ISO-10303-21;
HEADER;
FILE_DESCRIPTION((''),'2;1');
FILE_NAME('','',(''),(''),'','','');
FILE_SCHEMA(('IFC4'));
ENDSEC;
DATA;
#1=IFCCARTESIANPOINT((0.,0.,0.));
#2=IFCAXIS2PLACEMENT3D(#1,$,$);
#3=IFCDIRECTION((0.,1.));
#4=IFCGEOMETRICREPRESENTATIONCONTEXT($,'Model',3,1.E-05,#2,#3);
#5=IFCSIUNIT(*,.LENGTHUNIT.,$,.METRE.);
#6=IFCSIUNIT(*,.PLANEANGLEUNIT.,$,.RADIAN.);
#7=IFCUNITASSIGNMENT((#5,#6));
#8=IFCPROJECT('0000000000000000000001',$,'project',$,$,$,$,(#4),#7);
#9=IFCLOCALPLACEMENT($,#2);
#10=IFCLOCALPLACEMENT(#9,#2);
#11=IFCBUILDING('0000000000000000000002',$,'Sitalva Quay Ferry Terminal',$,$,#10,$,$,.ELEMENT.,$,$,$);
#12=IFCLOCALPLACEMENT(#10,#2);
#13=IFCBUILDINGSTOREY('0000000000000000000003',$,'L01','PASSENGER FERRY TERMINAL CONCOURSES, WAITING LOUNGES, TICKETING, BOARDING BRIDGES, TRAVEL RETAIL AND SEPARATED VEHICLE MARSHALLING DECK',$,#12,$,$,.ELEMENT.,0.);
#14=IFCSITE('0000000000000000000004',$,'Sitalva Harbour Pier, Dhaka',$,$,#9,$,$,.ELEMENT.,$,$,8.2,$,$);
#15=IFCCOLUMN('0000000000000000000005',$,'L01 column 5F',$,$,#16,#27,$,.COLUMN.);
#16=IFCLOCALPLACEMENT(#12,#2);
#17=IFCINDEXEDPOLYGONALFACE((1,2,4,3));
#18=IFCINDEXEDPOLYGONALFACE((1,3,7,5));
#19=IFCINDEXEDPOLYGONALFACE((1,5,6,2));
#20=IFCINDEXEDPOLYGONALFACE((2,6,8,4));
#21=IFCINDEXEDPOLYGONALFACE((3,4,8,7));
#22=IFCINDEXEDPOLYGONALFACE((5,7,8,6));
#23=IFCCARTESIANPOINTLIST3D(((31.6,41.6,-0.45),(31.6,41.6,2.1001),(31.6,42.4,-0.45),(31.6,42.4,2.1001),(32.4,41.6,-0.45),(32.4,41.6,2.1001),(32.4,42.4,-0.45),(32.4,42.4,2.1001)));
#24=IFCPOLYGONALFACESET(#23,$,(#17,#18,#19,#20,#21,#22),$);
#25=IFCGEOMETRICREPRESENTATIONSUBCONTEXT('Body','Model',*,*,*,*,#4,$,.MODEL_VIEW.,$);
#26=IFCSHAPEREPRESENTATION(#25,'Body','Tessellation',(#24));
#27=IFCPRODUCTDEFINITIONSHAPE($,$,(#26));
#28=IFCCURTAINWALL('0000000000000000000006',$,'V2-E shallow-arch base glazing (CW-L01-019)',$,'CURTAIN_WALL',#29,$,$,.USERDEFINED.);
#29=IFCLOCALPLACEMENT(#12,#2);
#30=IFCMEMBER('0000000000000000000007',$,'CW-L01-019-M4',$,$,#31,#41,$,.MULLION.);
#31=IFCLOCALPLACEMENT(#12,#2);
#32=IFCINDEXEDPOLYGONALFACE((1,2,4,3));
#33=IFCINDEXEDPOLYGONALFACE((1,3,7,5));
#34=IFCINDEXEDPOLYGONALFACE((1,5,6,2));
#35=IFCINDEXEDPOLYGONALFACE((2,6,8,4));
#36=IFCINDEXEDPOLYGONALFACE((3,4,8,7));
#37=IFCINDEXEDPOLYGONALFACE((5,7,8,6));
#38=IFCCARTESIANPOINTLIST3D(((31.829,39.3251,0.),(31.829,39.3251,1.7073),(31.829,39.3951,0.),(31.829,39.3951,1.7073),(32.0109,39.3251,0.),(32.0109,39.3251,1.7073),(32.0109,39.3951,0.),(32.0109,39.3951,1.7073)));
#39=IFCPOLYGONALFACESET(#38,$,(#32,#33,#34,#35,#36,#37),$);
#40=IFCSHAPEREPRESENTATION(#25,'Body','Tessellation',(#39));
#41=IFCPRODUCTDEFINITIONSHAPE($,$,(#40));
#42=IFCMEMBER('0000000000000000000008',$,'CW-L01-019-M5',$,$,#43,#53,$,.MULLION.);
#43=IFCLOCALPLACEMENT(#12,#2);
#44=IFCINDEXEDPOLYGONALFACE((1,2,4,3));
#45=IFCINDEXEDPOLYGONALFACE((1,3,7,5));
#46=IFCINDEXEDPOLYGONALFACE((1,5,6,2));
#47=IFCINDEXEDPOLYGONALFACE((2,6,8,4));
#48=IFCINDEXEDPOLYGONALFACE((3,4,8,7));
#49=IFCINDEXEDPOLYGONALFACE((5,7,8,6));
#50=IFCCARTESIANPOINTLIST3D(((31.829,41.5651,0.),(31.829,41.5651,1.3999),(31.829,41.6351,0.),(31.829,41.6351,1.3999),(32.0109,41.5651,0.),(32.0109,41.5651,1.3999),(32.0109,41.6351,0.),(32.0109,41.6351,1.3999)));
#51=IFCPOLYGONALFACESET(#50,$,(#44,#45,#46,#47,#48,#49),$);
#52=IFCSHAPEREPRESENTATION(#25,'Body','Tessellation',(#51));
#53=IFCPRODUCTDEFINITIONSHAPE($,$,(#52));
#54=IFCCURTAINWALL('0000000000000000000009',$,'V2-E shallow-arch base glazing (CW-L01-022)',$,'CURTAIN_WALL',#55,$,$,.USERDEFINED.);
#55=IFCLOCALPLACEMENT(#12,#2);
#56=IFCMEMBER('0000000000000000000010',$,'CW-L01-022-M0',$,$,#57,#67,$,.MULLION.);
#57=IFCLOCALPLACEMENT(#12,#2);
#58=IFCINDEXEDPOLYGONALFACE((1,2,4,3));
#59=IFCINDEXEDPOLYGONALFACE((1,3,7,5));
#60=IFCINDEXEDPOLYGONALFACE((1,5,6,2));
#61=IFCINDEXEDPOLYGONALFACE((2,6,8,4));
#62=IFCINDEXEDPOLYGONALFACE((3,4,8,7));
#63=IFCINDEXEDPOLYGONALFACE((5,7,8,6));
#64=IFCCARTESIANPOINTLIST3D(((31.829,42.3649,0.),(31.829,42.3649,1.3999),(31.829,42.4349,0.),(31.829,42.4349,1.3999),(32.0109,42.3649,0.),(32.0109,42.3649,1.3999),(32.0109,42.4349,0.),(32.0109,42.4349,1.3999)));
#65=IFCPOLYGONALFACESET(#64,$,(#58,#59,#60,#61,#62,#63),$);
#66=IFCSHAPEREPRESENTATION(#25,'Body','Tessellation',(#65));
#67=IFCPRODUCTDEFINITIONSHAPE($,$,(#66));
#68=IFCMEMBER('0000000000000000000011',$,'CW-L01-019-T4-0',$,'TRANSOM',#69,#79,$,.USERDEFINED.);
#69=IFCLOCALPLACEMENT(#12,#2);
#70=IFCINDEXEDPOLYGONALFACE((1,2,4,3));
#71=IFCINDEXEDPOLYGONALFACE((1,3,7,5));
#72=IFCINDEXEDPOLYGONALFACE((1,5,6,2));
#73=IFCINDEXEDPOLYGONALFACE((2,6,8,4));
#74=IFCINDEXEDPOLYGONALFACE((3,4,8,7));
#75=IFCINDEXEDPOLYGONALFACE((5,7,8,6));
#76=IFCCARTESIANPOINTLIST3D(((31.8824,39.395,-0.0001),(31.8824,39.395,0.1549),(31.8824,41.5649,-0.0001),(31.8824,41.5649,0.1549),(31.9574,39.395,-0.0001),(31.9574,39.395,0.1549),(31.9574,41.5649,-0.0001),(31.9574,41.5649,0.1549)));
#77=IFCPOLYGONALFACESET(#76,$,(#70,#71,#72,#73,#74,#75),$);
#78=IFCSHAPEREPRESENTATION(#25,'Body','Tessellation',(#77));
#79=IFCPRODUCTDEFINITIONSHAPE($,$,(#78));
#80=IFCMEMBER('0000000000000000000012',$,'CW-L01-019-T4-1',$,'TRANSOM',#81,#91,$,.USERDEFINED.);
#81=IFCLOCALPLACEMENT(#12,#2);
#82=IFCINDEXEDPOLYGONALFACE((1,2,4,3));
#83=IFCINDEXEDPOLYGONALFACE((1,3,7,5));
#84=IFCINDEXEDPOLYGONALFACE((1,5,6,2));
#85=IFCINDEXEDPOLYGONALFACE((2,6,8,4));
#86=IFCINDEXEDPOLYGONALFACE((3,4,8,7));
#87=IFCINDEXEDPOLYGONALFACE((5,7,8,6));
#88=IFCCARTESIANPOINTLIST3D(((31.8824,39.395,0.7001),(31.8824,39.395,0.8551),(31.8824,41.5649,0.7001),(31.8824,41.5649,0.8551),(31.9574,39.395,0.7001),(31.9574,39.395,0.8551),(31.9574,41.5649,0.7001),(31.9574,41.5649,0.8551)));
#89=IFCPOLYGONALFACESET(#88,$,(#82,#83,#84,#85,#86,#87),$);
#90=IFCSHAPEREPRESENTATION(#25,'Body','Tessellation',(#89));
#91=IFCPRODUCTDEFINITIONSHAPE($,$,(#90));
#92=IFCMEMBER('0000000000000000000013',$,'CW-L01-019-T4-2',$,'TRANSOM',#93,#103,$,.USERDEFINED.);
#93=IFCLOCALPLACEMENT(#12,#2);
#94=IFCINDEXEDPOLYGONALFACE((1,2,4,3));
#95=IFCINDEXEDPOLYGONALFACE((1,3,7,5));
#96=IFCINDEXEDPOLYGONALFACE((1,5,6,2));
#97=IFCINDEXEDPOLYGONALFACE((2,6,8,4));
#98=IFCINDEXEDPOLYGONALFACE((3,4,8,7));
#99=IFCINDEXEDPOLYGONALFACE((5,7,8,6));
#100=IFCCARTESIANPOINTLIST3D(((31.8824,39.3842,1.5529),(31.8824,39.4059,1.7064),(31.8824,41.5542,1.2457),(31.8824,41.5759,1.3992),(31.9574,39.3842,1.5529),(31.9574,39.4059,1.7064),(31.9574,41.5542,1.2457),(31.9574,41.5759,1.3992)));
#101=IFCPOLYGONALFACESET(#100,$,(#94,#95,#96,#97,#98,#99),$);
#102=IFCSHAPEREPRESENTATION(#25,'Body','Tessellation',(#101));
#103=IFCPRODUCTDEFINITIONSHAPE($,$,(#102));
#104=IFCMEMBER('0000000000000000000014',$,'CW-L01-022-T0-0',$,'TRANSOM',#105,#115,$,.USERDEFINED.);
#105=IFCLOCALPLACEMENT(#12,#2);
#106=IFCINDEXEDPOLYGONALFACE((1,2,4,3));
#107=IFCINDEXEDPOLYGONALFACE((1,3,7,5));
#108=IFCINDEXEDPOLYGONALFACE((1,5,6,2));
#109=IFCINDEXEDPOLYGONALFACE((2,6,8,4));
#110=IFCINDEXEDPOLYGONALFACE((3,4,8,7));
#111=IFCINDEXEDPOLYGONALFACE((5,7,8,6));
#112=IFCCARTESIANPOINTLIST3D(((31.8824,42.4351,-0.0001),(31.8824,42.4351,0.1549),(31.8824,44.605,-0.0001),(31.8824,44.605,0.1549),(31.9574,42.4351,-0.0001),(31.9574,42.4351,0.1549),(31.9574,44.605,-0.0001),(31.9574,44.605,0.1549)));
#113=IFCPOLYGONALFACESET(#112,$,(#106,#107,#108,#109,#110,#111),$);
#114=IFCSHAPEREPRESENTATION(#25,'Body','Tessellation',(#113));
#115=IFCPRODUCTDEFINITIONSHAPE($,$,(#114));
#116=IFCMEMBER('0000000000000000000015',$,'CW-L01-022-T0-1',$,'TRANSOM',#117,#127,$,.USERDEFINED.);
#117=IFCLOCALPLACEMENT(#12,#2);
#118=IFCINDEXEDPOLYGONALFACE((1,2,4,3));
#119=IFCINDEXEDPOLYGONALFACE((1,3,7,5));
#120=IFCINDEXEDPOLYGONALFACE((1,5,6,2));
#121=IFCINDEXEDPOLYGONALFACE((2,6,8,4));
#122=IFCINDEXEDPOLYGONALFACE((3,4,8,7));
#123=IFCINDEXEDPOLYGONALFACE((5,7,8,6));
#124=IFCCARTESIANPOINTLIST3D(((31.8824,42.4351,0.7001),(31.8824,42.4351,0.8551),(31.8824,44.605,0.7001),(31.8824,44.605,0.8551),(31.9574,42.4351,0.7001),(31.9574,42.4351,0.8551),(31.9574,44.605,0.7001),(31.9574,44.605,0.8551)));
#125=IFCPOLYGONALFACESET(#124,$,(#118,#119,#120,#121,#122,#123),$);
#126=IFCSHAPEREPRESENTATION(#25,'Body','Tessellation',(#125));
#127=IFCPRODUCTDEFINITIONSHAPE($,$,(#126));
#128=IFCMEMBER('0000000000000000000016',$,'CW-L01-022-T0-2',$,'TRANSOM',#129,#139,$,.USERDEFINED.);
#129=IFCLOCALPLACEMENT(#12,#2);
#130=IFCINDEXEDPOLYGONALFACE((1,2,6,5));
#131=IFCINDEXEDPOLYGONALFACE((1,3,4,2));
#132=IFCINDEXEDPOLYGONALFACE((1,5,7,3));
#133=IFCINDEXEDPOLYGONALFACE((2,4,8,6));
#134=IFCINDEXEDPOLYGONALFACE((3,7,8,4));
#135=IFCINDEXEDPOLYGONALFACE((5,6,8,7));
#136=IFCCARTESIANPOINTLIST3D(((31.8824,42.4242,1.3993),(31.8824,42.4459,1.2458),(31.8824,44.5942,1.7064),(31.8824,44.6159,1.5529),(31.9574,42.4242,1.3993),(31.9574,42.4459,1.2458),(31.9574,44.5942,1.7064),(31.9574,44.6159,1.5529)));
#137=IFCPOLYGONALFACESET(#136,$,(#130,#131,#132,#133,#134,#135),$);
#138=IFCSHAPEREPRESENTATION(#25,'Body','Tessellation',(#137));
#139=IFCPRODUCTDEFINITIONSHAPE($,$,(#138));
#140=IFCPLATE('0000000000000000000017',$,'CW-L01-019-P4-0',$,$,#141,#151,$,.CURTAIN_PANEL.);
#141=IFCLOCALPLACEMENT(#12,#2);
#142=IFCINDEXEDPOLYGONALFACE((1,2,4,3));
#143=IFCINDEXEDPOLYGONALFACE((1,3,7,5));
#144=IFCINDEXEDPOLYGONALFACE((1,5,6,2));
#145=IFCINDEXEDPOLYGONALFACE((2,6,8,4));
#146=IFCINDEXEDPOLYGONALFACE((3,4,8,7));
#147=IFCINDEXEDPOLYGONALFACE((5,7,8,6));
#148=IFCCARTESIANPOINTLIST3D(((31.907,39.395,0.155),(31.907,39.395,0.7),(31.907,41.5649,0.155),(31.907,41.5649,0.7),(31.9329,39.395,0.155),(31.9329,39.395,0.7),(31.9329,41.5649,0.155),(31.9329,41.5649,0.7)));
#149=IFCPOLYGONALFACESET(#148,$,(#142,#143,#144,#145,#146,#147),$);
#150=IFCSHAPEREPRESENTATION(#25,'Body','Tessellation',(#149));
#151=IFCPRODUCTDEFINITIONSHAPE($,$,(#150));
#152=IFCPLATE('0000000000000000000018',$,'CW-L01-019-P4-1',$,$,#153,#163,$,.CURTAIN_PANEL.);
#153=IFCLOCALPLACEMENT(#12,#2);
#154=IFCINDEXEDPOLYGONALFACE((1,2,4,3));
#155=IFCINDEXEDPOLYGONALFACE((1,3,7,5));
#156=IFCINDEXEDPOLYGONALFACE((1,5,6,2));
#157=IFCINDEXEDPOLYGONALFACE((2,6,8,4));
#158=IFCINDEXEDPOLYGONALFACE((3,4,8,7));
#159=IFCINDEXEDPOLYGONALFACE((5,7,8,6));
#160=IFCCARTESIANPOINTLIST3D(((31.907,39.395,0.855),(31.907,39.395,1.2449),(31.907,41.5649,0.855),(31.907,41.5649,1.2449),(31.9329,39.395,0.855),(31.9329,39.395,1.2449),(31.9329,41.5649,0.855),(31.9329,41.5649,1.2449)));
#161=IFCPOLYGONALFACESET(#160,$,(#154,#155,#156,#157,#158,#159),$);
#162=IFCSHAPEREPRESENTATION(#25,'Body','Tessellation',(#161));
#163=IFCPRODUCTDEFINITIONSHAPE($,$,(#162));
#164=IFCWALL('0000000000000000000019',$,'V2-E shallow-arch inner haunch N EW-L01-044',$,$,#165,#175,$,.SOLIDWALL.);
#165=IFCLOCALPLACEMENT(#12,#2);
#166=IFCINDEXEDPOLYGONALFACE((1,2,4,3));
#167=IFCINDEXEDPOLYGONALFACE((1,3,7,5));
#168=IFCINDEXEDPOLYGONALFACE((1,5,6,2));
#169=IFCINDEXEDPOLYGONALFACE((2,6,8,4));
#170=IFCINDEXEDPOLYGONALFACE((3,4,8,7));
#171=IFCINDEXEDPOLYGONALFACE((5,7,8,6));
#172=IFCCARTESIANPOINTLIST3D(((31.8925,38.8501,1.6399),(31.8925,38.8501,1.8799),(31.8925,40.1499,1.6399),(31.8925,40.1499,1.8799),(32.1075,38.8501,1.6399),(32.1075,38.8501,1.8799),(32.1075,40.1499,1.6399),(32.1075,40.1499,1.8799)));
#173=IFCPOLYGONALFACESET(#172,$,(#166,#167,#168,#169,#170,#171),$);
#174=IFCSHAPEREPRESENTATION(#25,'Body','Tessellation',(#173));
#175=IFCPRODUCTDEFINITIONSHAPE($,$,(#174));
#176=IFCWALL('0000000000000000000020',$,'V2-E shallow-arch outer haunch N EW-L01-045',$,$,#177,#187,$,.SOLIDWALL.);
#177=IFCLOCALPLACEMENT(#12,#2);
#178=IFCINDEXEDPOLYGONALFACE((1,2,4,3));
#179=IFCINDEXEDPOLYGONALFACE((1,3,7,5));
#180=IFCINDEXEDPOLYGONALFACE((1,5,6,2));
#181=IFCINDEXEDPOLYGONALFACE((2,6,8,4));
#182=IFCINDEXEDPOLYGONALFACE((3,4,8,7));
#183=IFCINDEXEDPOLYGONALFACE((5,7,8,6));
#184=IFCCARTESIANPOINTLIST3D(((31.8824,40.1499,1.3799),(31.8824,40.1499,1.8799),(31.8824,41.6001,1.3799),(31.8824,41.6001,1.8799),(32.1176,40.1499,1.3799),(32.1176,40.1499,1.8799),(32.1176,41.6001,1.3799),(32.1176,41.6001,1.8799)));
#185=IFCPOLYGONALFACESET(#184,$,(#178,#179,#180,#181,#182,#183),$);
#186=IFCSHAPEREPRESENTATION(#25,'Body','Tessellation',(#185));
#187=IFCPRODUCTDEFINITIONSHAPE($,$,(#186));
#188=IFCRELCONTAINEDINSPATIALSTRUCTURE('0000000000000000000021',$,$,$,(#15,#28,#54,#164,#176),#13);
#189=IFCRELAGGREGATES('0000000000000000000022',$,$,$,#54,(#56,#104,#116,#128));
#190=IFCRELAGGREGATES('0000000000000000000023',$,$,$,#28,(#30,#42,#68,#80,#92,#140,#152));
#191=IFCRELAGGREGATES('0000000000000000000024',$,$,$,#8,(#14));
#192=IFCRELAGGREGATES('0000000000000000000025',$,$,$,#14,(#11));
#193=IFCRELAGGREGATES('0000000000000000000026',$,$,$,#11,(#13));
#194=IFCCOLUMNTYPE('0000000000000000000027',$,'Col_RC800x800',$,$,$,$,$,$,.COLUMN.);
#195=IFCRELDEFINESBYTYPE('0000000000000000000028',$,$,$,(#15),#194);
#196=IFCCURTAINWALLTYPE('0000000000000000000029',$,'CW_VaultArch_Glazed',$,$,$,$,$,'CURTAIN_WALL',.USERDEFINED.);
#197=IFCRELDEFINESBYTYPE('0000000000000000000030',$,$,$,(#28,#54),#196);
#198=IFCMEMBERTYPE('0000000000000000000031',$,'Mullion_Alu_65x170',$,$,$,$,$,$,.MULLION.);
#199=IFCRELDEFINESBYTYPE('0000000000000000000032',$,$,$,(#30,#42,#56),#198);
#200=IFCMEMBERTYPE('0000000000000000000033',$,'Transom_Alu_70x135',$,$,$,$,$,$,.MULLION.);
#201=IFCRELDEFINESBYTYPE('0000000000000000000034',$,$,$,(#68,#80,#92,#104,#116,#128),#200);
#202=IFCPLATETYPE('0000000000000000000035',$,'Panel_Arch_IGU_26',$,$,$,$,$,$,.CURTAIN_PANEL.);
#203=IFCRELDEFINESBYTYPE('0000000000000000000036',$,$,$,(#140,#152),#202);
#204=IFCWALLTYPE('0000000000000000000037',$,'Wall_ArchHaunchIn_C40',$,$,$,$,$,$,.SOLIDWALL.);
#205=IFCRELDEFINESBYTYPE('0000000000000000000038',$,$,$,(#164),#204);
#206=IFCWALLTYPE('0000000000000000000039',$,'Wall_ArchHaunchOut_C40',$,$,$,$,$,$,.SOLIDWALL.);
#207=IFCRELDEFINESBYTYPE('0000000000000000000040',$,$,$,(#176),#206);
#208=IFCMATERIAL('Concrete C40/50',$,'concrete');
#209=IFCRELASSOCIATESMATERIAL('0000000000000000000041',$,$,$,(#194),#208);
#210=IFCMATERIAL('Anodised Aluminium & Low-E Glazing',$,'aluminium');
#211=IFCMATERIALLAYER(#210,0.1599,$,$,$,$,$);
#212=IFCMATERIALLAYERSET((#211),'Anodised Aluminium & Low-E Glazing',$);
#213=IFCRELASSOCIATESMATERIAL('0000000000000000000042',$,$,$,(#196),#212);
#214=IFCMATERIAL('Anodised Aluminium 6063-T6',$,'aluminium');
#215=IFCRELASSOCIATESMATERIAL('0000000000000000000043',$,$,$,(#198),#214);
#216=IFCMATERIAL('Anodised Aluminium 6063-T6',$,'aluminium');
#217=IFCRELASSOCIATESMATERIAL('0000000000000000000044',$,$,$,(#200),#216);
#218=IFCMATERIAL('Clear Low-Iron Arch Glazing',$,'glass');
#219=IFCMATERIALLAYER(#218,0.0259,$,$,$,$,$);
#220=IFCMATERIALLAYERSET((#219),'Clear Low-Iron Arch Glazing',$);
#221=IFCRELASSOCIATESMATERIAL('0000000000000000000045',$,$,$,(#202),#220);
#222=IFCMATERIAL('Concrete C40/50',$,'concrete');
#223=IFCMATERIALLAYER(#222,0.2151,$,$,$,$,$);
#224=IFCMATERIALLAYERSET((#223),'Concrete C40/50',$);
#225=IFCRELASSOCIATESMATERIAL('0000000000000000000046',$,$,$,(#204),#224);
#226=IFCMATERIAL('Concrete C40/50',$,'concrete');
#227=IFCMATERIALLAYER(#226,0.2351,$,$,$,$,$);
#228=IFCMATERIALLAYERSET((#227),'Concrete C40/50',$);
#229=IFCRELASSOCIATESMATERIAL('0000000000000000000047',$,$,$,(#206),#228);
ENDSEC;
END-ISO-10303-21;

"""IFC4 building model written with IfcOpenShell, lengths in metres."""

from ifc_helpers import new_model, si_unit, direction, frame, frame_2d, origin, origin_2d, place, context, subcontext, project, spatial, rectangle, extrude, material, layer, layer_set, material_profile, profile_set, type_object, element, aggregate, save


model = new_model("IFC4")

# Units and contexts
model_context = context("Model", 3, precision=1e-05, world=origin(), true_north=direction((0.0, 1.0)))
body_context = subcontext(model_context, "Body", "Model", "MODEL_VIEW")
ifc_project = project(units=[si_unit("LENGTHUNIT", "METRE"), si_unit("PLANEANGLEUNIT", "RADIAN")], contexts=[model_context])

# Site, building, storey
site_placement = place(None, origin())
site = spatial("IfcSite", under=ifc_project, at=site_placement, Name="Sitalva Harbour Pier, Dhaka", CompositionType="ELEMENT", RefElevation=8.2)
building_placement = place(site_placement, origin())
building = spatial("IfcBuilding", under=site, at=building_placement, Name="Sitalva Quay Ferry Terminal", CompositionType="ELEMENT")
storey_placement = place(building_placement, origin())
storey = spatial("IfcBuildingStorey", under=building, at=storey_placement, Name="L01", Description="PASSENGER FERRY TERMINAL CONCOURSES, WAITING LOUNGES, TICKETING, BOARDING BRIDGES, TRAVEL RETAIL AND SEPARATED VEHICLE MARSHALLING DECK", CompositionType="ELEMENT", Elevation=0.0)

# Column
ifc_material_1 = material(Name="Concrete C40/50", Category="concrete")
ifc_material_profile_1 = material_profile(ifc_material_1, rectangle(XDim=0.8, YDim=0.8, at=origin_2d()), Name="RC800x800")
ifc_profile_set_1 = profile_set([ifc_material_profile_1], Name="Concrete C40/50")
column_type = type_object("IfcColumnType", Name="Col_RC800x800", PredefinedType="COLUMN", material=ifc_profile_set_1)
column_placement = place(storey_placement, frame((32.0, 42.0, -0.45), z_axis=(0.0, 0.0, 1.0), x_axis=(1.0, 0.0, 0.0)))
element("IfcColumn", 1, at=column_placement, inside=storey, type_object=column_type, Name="L01 column 5F", PredefinedType="COLUMN", context=body_context, shape_type="SweptSolid", body=[
    extrude(rectangle(XDim=0.8, YDim=0.8, at=origin_2d()), origin(), (0.0, 0.0, 1.0), 2.55),
])

# Curtain wall, members
ifc_material_2 = material(Name="Anodised Aluminium & Low-E Glazing", Category="aluminium")
ifc_layer_1 = layer(ifc_material_2, 0.1599)
ifc_layer_set_1 = layer_set([ifc_layer_1], Name="Anodised Aluminium & Low-E Glazing")
curtain_wall_type = type_object("IfcCurtainWallType", Name="CW_VaultArch_Glazed", ElementType="CURTAIN_WALL", PredefinedType="USERDEFINED", material=ifc_layer_set_1)
curtain_wall_1_placement = place(storey_placement, origin())
curtain_wall_1 = element("IfcCurtainWall", 2, at=curtain_wall_1_placement, inside=storey, type_object=curtain_wall_type, Name="V2-E shallow-arch base glazing (CW-L01-019)", ObjectType="CURTAIN_WALL", PredefinedType="USERDEFINED")
ifc_material_3 = material(Name="Anodised Aluminium 6063-T6", Category="aluminium")
ifc_material_profile_2 = material_profile(ifc_material_3, rectangle(XDim=0.0701, YDim=0.1819, at=origin_2d()), Name="ALU70x182")
ifc_profile_set_2 = profile_set([ifc_material_profile_2], Name="Anodised Aluminium 6063-T6")
member_type_1 = type_object("IfcMemberType", Name="Mullion_Alu_65x170", PredefinedType="MULLION", material=ifc_profile_set_2)
member_1_placement = place(storey_placement, frame((31.9199, 39.3601, 0.0), z_axis=(0.0, 0.0, 1.0), x_axis=(0.0, 1.0, 0.0)))
member_1 = element("IfcMember", 3, at=member_1_placement, type_object=member_type_1, Name="CW-L01-019-M4", PredefinedType="MULLION", context=body_context, shape_type="SweptSolid", body=[
    extrude(rectangle(XDim=0.0701, YDim=0.1819, at=origin_2d()), origin(), (0.0, 0.0, 1.0), 1.7073),
])
member_2_placement = place(storey_placement, frame((31.9199, 41.6001, 0.0), z_axis=(0.0, 0.0, 1.0), x_axis=(0.0, 1.0, 0.0)))
member_2 = element("IfcMember", 4, at=member_2_placement, type_object=member_type_1, Name="CW-L01-019-M5", PredefinedType="MULLION", context=body_context, shape_type="SweptSolid", body=[
    extrude(rectangle(XDim=0.0701, YDim=0.1819, at=origin_2d()), origin(), (0.0, 0.0, 1.0), 1.3999),
])

# Curtain wall, member
curtain_wall_2_placement = place(storey_placement, origin())
curtain_wall_2 = element("IfcCurtainWall", 5, at=curtain_wall_2_placement, inside=storey, type_object=curtain_wall_type, Name="V2-E shallow-arch base glazing (CW-L01-022)", ObjectType="CURTAIN_WALL", PredefinedType="USERDEFINED")
member_3_placement = place(storey_placement, frame((31.9199, 42.3999, 0.0), z_axis=(0.0, 0.0, 1.0), x_axis=(0.0, 1.0, 0.0)))
member_3 = element("IfcMember", 6, at=member_3_placement, type_object=member_type_1, Name="CW-L01-022-M0", PredefinedType="MULLION", context=body_context, shape_type="SweptSolid", body=[
    extrude(rectangle(XDim=0.0701, YDim=0.1819, at=origin_2d()), origin(), (0.0, 0.0, 1.0), 1.3999),
])

# Members
ifc_material_4 = material(Name="Anodised Aluminium 6063-T6", Category="aluminium")
ifc_material_profile_3 = material_profile(ifc_material_4, rectangle(XDim=0.075, YDim=0.155, at=origin_2d()), Name="ALU75x155")
ifc_profile_set_3 = profile_set([ifc_material_profile_3], Name="Anodised Aluminium 6063-T6")
member_type_2 = type_object("IfcMemberType", Name="Transom_Alu_70x135", PredefinedType="MULLION", material=ifc_profile_set_3)
member_4_placement = place(storey_placement, frame((31.9199, 39.395, 0.0774), z_axis=(0.0, 1.0, 0.0), x_axis=(-1.0, 0.0, 0.0)))
member_4 = element("IfcMember", 7, at=member_4_placement, type_object=member_type_2, Name="CW-L01-019-T4-0", ObjectType="TRANSOM", PredefinedType="USERDEFINED", context=body_context, shape_type="SweptSolid", body=[
    extrude(rectangle(XDim=0.075, YDim=0.155, at=origin_2d()), origin(), (0.0, 0.0, 1.0), 2.1699),
])
member_5_placement = place(storey_placement, frame((31.9199, 39.395, 0.7776), z_axis=(0.0, 1.0, 0.0), x_axis=(-1.0, 0.0, 0.0)))
member_5 = element("IfcMember", 8, at=member_5_placement, type_object=member_type_2, Name="CW-L01-019-T4-1", ObjectType="TRANSOM", PredefinedType="USERDEFINED", context=body_context, shape_type="SweptSolid", body=[
    extrude(rectangle(XDim=0.075, YDim=0.155, at=origin_2d()), origin(), (0.0, 0.0, 1.0), 2.1699),
])
member_6_placement = place(storey_placement, frame((31.9199, 39.395, 1.6296), z_axis=(0.0, 0.990131, -0.140142), x_axis=(-1.0, 0.0, 0.0)))
member_6 = element("IfcMember", 9, at=member_6_placement, type_object=member_type_2, Name="CW-L01-019-T4-2", ObjectType="TRANSOM", PredefinedType="USERDEFINED", context=body_context, shape_type="SweptSolid", body=[
    extrude(rectangle(XDim=0.075, YDim=0.155, at=origin_2d()), origin(), (0.0, 0.0, 1.0), 2.1917),
])
member_7_placement = place(storey_placement, frame((31.9199, 42.4351, 0.0774), z_axis=(0.0, 1.0, 0.0), x_axis=(-1.0, 0.0, 0.0)))
member_7 = element("IfcMember", 10, at=member_7_placement, type_object=member_type_2, Name="CW-L01-022-T0-0", ObjectType="TRANSOM", PredefinedType="USERDEFINED", context=body_context, shape_type="SweptSolid", body=[
    extrude(rectangle(XDim=0.075, YDim=0.155, at=origin_2d()), origin(), (0.0, 0.0, 1.0), 2.1699),
])
member_8_placement = place(storey_placement, frame((31.9199, 42.4351, 0.7776), z_axis=(0.0, 1.0, 0.0), x_axis=(-1.0, 0.0, 0.0)))
member_8 = element("IfcMember", 11, at=member_8_placement, type_object=member_type_2, Name="CW-L01-022-T0-1", ObjectType="TRANSOM", PredefinedType="USERDEFINED", context=body_context, shape_type="SweptSolid", body=[
    extrude(rectangle(XDim=0.075, YDim=0.155, at=origin_2d()), origin(), (0.0, 0.0, 1.0), 2.1699),
])
member_9_placement = place(storey_placement, frame((31.9199, 42.4351, 1.3225), z_axis=(0.0, 0.990131, 0.140142), x_axis=(-1.0, 0.0, 0.0)))
member_9 = element("IfcMember", 12, at=member_9_placement, type_object=member_type_2, Name="CW-L01-022-T0-2", ObjectType="TRANSOM", PredefinedType="USERDEFINED", context=body_context, shape_type="SweptSolid", body=[
    extrude(rectangle(XDim=0.075, YDim=0.155, at=origin_2d()), origin(), (0.0, 0.0, 1.0), 2.1917),
])
aggregate(curtain_wall_2, [member_3, member_7, member_8, member_9])

# Plates
ifc_material_5 = material(Name="Clear Low-Iron Arch Glazing", Category="glass")
ifc_layer_2 = layer(ifc_material_5, 0.0259)
ifc_layer_set_2 = layer_set([ifc_layer_2], Name="Clear Low-Iron Arch Glazing")
plate_type = type_object("IfcPlateType", Name="Panel_Arch_IGU_26", PredefinedType="CURTAIN_PANEL", material=ifc_layer_set_2)
plate_1_placement = place(storey_placement, frame((31.9199, 40.48, 0.155), z_axis=(0.0, 0.0, 1.0), x_axis=(0.0, 1.0, 0.0)))
plate_1 = element("IfcPlate", 13, at=plate_1_placement, type_object=plate_type, Name="CW-L01-019-P4-0", PredefinedType="CURTAIN_PANEL", context=body_context, shape_type="SweptSolid", body=[
    extrude(rectangle(XDim=2.1699, YDim=0.0259, at=origin_2d()), origin(), (0.0, 0.0, 1.0), 0.5449),
])
plate_2_placement = place(storey_placement, frame((31.9199, 40.48, 0.855), z_axis=(0.0, 0.0, 1.0), x_axis=(0.0, 1.0, 0.0)))
plate_2 = element("IfcPlate", 14, at=plate_2_placement, type_object=plate_type, Name="CW-L01-019-P4-1", PredefinedType="CURTAIN_PANEL", context=body_context, shape_type="SweptSolid", body=[
    extrude(rectangle(XDim=2.1699, YDim=0.0259, at=origin_2d()), origin(), (0.0, 0.0, 1.0), 0.3899),
])
aggregate(curtain_wall_1, [member_1, member_2, member_4, member_5, member_6, plate_1, plate_2])

# Walls
ifc_material_6 = material(Name="Concrete C40/50", Category="concrete")
ifc_layer_3 = layer(ifc_material_6, 0.2151)
ifc_layer_set_3 = layer_set([ifc_layer_3], Name="Concrete C40/50")
wall_type_1 = type_object("IfcWallType", Name="Wall_ArchHaunchIn_C40", PredefinedType="SOLIDWALL", material=ifc_layer_set_3)
wall_1_placement = place(storey_placement, frame((32.0, 38.8501, 1.6399), z_axis=(0.0, 0.0, 1.0), x_axis=(0.0, 1.0, 0.0)))
element("IfcWall", 15, at=wall_1_placement, inside=storey, type_object=wall_type_1, Name="V2-E shallow-arch inner haunch N EW-L01-044", PredefinedType="SOLIDWALL", context=body_context, shape_type="SweptSolid", body=[
    extrude(rectangle(XDim=1.2998, YDim=0.2151, at=frame_2d((0.6499, 0.0))), origin(), (0.0, 0.0, 1.0), 0.24),
])
ifc_material_7 = material(Name="Concrete C40/50", Category="concrete")
ifc_layer_4 = layer(ifc_material_7, 0.2351)
ifc_layer_set_4 = layer_set([ifc_layer_4], Name="Concrete C40/50")
wall_type_2 = type_object("IfcWallType", Name="Wall_ArchHaunchOut_C40", PredefinedType="SOLIDWALL", material=ifc_layer_set_4)
for number, where, z_axis, x_axis, name in (
    (16, (32.0, 40.1499, 1.3799), (0.0, 0.0, 1.0), (0.0, 1.0, 0.0), "V2-E shallow-arch outer haunch N EW-L01-045"),
):
    element("IfcWall", number, at=place(storey_placement, frame(where, z_axis=z_axis, x_axis=x_axis)), inside=storey, type_object=wall_type_2, Name=name, PredefinedType="SOLIDWALL", context=body_context, shape_type="SweptSolid", body=[
        extrude(rectangle(XDim=1.4502, YDim=0.2351, at=frame_2d((0.7251, 0.0))), origin(), (0.0, 0.0, 1.0), 0.5),
    ])

save(model, "model.ifc")
